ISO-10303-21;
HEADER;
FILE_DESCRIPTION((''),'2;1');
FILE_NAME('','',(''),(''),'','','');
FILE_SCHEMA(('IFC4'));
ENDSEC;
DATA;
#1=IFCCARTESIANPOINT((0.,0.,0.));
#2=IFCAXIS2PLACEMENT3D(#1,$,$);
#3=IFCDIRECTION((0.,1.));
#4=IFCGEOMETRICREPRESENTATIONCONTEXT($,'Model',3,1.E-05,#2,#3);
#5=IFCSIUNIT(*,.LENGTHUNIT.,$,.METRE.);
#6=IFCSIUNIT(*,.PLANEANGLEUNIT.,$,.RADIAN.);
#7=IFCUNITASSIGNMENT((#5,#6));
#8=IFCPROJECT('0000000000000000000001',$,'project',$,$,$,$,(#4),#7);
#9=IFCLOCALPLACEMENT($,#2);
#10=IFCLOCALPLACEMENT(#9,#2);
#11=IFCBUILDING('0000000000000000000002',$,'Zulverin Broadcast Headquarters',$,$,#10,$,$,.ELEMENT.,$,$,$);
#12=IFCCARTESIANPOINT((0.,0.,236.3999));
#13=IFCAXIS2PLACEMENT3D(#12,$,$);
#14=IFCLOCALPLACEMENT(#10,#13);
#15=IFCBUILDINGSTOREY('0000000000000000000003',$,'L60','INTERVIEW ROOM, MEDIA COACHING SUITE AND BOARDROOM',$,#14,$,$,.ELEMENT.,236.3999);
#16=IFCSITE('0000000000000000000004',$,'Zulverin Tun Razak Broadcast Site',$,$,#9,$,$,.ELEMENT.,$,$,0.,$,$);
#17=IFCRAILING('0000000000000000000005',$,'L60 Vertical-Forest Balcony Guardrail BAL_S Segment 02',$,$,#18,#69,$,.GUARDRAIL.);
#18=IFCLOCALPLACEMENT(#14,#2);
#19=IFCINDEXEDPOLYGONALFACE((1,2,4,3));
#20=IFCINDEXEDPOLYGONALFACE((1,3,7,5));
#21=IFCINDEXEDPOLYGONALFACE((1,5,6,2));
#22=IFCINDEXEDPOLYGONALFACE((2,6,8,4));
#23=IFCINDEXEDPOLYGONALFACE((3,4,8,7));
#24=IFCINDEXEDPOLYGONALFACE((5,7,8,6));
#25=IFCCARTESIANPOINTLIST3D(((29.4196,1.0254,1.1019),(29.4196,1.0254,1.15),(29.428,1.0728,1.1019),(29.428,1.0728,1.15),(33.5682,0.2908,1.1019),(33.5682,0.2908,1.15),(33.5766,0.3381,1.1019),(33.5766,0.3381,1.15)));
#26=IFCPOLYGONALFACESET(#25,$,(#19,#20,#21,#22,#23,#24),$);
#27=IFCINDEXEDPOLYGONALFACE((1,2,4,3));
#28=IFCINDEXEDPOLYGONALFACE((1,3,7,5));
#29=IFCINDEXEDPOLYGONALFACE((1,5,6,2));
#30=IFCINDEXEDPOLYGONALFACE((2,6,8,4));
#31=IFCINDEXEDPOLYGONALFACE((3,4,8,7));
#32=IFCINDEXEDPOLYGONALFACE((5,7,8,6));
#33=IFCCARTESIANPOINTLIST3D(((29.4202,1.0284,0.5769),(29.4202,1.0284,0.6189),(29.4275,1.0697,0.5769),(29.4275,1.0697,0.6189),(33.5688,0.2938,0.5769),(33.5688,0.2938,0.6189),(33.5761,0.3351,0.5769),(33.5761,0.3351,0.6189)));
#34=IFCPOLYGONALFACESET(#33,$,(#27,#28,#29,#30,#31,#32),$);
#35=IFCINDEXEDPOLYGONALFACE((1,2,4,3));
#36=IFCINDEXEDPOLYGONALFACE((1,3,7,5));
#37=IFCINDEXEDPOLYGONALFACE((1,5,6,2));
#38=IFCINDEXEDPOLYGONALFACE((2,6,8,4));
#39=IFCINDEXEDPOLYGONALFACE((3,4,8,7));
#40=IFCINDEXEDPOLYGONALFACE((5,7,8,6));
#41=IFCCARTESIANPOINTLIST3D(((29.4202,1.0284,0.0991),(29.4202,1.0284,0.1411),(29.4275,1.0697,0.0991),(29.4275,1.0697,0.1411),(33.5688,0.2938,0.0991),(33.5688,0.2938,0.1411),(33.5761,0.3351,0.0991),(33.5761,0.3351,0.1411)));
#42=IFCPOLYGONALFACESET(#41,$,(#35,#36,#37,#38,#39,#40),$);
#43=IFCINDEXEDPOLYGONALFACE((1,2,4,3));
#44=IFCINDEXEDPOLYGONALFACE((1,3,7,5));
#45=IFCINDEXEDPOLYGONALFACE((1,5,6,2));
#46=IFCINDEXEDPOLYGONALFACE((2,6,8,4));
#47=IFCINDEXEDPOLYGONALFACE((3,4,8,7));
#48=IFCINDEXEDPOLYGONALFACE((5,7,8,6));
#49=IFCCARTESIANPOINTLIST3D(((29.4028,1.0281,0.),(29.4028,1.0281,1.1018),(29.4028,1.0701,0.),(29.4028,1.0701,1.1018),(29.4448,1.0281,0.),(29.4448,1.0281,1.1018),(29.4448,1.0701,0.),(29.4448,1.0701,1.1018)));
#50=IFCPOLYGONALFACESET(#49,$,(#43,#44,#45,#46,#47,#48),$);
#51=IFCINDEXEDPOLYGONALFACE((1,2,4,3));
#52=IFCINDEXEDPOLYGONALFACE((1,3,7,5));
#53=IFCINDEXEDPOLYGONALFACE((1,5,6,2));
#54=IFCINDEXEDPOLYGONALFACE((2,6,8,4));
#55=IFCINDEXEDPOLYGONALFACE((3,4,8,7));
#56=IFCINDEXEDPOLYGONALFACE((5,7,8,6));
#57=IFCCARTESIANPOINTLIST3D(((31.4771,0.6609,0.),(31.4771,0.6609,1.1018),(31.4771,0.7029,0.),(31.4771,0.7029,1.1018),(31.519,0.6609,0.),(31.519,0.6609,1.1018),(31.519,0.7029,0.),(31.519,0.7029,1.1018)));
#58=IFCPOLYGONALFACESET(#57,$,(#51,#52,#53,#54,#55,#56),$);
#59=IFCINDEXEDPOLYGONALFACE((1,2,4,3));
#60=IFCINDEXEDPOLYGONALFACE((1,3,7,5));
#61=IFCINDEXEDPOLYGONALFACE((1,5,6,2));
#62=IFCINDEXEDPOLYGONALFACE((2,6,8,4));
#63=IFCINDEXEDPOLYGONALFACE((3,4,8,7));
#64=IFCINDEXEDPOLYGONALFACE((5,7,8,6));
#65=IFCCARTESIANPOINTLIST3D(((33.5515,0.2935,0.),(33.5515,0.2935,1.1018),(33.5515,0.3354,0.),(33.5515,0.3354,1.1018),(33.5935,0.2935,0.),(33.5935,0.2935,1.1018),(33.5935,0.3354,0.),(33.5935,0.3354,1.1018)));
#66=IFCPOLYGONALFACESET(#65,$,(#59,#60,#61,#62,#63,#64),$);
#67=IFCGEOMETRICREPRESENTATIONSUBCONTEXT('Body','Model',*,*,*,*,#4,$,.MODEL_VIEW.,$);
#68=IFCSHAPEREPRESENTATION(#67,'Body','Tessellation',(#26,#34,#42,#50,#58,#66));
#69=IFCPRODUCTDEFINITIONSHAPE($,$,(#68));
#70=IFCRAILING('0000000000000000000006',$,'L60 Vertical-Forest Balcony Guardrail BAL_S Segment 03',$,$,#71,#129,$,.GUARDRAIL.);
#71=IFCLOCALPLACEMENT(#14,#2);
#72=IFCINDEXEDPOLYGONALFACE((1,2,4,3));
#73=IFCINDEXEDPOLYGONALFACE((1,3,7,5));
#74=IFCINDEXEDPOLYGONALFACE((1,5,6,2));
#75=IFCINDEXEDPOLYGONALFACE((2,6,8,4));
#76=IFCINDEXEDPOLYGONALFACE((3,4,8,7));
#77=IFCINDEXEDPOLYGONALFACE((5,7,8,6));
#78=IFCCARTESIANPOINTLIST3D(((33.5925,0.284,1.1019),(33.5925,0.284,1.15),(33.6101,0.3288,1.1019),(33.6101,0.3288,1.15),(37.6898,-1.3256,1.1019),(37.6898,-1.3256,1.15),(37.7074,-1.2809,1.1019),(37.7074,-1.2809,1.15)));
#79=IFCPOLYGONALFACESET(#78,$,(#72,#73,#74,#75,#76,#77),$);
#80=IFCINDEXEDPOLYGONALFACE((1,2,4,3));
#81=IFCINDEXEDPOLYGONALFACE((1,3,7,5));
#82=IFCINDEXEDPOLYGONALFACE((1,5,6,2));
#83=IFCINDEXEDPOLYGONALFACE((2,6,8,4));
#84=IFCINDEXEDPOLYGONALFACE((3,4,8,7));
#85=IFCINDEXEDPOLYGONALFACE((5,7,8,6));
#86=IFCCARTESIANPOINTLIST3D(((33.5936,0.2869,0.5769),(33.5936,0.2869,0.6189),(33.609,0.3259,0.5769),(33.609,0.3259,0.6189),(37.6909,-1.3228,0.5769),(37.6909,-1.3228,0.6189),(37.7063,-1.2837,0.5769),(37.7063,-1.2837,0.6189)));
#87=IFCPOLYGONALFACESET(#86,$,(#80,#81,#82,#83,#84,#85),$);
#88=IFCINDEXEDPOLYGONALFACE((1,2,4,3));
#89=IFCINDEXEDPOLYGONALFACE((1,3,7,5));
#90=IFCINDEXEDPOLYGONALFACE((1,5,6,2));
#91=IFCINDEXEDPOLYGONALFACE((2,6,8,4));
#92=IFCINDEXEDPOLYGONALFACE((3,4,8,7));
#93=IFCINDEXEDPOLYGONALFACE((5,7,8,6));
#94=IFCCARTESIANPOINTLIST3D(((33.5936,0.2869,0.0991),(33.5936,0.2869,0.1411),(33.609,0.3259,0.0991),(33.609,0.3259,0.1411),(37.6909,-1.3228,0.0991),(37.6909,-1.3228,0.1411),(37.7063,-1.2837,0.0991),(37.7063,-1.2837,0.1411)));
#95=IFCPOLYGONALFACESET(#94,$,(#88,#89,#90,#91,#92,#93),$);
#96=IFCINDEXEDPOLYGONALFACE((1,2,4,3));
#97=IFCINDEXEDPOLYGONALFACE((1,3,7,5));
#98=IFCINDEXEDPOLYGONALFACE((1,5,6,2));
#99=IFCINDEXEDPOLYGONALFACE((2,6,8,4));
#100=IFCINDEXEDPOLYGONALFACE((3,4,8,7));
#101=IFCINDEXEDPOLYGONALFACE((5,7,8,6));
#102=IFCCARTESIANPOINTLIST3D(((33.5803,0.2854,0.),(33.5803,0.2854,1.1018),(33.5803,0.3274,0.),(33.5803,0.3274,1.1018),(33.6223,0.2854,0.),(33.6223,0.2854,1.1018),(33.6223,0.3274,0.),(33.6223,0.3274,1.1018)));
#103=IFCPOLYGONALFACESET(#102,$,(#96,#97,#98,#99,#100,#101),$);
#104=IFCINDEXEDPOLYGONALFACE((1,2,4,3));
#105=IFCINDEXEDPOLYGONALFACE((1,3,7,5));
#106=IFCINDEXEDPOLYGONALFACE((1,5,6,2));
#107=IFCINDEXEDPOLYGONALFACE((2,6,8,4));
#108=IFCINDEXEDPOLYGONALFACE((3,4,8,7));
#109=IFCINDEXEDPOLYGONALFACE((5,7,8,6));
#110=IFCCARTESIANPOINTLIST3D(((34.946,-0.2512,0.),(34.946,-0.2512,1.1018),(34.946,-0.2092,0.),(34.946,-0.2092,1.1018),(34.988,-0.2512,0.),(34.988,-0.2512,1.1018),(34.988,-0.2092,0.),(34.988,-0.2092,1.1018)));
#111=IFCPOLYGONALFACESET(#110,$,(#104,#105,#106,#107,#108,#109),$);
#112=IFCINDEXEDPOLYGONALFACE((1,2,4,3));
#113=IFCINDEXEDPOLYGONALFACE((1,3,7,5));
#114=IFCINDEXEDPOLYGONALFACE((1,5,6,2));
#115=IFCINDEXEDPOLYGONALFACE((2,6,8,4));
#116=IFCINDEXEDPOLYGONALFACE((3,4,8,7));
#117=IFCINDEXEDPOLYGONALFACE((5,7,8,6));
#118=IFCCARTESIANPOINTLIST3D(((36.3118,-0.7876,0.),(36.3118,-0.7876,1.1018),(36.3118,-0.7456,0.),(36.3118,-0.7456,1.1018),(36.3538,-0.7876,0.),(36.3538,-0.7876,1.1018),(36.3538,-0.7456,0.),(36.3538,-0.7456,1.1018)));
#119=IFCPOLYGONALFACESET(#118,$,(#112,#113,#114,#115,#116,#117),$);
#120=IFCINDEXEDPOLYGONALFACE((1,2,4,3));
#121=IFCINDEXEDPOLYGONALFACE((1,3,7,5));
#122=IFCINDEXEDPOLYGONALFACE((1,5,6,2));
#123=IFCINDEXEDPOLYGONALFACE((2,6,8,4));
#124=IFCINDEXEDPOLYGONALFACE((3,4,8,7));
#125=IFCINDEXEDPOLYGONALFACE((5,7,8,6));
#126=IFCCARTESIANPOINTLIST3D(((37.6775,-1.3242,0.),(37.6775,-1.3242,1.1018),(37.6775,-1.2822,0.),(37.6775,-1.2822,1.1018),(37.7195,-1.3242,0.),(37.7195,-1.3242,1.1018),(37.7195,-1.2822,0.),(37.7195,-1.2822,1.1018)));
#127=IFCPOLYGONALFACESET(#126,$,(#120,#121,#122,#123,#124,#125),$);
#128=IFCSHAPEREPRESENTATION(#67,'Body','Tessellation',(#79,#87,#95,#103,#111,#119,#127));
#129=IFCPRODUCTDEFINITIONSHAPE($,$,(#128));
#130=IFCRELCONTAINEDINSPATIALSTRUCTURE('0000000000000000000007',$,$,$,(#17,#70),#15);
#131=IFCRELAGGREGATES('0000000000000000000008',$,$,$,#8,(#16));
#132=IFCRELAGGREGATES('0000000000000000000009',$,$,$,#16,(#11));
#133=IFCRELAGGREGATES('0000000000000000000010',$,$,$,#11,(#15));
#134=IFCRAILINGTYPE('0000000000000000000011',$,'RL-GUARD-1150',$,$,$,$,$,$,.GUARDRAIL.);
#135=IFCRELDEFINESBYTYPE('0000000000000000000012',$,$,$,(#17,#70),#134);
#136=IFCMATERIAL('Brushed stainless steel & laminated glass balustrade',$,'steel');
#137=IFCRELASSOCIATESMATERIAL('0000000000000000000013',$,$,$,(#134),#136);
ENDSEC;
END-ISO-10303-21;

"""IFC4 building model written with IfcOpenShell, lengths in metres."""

from ifc_helpers import new_model, si_unit, direction, frame, origin, origin_2d, place, context, subcontext, project, spatial, rectangle, extrude, material, type_object, element, save


model = new_model("IFC4")

# Units and contexts
model_context = context("Model", 3, precision=1e-05, world=origin(), true_north=direction((0.0, 1.0)))
body_context = subcontext(model_context, "Body", "Model", "MODEL_VIEW")
ifc_project = project(units=[si_unit("LENGTHUNIT", "METRE"), si_unit("PLANEANGLEUNIT", "RADIAN")], contexts=[model_context])

# Site, building, storey
site_placement = place(None, origin())
site = spatial("IfcSite", under=ifc_project, at=site_placement, Name="Zulverin Tun Razak Broadcast Site", CompositionType="ELEMENT", RefElevation=0.0)
building_placement = place(site_placement, origin())
building = spatial("IfcBuilding", under=site, at=building_placement, Name="Zulverin Broadcast Headquarters", CompositionType="ELEMENT")
storey_placement = place(building_placement, frame((0.0, 0.0, 236.3999)))
storey = spatial("IfcBuildingStorey", under=building, at=storey_placement, Name="L60", Description="INTERVIEW ROOM, MEDIA COACHING SUITE AND BOARDROOM", CompositionType="ELEMENT", Elevation=236.3999)

# Railings
ifc_material_1 = material(Name="Brushed stainless steel & laminated glass balustrade", Category="steel")
railing_type = type_object("IfcRailingType", Name="RL-GUARD-1150", PredefinedType="GUARDRAIL", material=ifc_material_1)
railing_1_placement = place(storey_placement, frame((29.4238, 1.0491, 0.0)))
element("IfcRailing", 1, at=railing_1_placement, inside=storey, type_object=railing_type, Name="L60 Vertical-Forest Balcony Guardrail BAL_S Segment 02", PredefinedType="GUARDRAIL", context=body_context, shape_type="SweptSolid", body=[
    extrude(rectangle(XDim=0.0481, YDim=0.0481, at=origin_2d()), frame((0.0, 0.0, 1.126), z_axis=(0.984682, -0.17436, 0.0), x_axis=(0.17436, 0.984682, 0.0)), (0.0, 0.0, 1.0), 4.2131),
    extrude(rectangle(XDim=0.042, YDim=0.042, at=origin_2d()), frame((0.0, 0.0, 0.5979), z_axis=(0.984682, -0.17436, 0.0), x_axis=(0.17436, 0.984682, 0.0)), (0.0, 0.0, 1.0), 4.2131),
    extrude(rectangle(XDim=0.042, YDim=0.042, at=origin_2d()), frame((0.0, 0.0, 0.1201), z_axis=(0.984682, -0.17436, 0.0), x_axis=(0.17436, 0.984682, 0.0)), (0.0, 0.0, 1.0), 4.2131),
    extrude(rectangle(XDim=0.042, YDim=0.042, at=origin_2d()), origin(), (0.0, 0.0, 1.0), 1.1018),
    extrude(rectangle(XDim=0.042, YDim=0.042, at=origin_2d()), frame((2.0742, -0.3672, 0.0)), (0.0, 0.0, 1.0), 1.1018),
    extrude(rectangle(XDim=0.042, YDim=0.042, at=origin_2d()), frame((4.1487, -0.7346, 0.0)), (0.0, 0.0, 1.0), 1.1018),
])
railing_2_placement = place(storey_placement, frame((33.6013, 0.3064, 0.0)))
element("IfcRailing", 2, at=railing_2_placement, inside=storey, type_object=railing_type, Name="L60 Vertical-Forest Balcony Guardrail BAL_S Segment 03", PredefinedType="GUARDRAIL", context=body_context, shape_type="SweptSolid", body=[
    extrude(rectangle(XDim=0.0481, YDim=0.0481, at=origin_2d()), frame((0.0, 0.0, 1.126), z_axis=(0.93075, -0.365656, 0.0), x_axis=(0.365656, 0.93075, 0.0)), (0.0, 0.0, 1.0), 4.4021),
    extrude(rectangle(XDim=0.042, YDim=0.042, at=origin_2d()), frame((0.0, 0.0, 0.5979), z_axis=(0.93075, -0.365656, 0.0), x_axis=(0.365656, 0.93075, 0.0)), (0.0, 0.0, 1.0), 4.4021),
    extrude(rectangle(XDim=0.042, YDim=0.042, at=origin_2d()), frame((0.0, 0.0, 0.1201), z_axis=(0.93075, -0.365656, 0.0), x_axis=(0.365656, 0.93075, 0.0)), (0.0, 0.0, 1.0), 4.4021),
    extrude(rectangle(XDim=0.042, YDim=0.042, at=origin_2d()), origin(), (0.0, 0.0, 1.0), 1.1018),
    extrude(rectangle(XDim=0.042, YDim=0.042, at=origin_2d()), frame((1.3657, -0.5366, 0.0)), (0.0, 0.0, 1.0), 1.1018),
    extrude(rectangle(XDim=0.042, YDim=0.042, at=origin_2d()), frame((2.7314, -1.073, 0.0)), (0.0, 0.0, 1.0), 1.1018),
    extrude(rectangle(XDim=0.042, YDim=0.042, at=origin_2d()), frame((4.0972, -1.6096, 0.0)), (0.0, 0.0, 1.0), 1.1018),
])

save(model, "model.ifc")
